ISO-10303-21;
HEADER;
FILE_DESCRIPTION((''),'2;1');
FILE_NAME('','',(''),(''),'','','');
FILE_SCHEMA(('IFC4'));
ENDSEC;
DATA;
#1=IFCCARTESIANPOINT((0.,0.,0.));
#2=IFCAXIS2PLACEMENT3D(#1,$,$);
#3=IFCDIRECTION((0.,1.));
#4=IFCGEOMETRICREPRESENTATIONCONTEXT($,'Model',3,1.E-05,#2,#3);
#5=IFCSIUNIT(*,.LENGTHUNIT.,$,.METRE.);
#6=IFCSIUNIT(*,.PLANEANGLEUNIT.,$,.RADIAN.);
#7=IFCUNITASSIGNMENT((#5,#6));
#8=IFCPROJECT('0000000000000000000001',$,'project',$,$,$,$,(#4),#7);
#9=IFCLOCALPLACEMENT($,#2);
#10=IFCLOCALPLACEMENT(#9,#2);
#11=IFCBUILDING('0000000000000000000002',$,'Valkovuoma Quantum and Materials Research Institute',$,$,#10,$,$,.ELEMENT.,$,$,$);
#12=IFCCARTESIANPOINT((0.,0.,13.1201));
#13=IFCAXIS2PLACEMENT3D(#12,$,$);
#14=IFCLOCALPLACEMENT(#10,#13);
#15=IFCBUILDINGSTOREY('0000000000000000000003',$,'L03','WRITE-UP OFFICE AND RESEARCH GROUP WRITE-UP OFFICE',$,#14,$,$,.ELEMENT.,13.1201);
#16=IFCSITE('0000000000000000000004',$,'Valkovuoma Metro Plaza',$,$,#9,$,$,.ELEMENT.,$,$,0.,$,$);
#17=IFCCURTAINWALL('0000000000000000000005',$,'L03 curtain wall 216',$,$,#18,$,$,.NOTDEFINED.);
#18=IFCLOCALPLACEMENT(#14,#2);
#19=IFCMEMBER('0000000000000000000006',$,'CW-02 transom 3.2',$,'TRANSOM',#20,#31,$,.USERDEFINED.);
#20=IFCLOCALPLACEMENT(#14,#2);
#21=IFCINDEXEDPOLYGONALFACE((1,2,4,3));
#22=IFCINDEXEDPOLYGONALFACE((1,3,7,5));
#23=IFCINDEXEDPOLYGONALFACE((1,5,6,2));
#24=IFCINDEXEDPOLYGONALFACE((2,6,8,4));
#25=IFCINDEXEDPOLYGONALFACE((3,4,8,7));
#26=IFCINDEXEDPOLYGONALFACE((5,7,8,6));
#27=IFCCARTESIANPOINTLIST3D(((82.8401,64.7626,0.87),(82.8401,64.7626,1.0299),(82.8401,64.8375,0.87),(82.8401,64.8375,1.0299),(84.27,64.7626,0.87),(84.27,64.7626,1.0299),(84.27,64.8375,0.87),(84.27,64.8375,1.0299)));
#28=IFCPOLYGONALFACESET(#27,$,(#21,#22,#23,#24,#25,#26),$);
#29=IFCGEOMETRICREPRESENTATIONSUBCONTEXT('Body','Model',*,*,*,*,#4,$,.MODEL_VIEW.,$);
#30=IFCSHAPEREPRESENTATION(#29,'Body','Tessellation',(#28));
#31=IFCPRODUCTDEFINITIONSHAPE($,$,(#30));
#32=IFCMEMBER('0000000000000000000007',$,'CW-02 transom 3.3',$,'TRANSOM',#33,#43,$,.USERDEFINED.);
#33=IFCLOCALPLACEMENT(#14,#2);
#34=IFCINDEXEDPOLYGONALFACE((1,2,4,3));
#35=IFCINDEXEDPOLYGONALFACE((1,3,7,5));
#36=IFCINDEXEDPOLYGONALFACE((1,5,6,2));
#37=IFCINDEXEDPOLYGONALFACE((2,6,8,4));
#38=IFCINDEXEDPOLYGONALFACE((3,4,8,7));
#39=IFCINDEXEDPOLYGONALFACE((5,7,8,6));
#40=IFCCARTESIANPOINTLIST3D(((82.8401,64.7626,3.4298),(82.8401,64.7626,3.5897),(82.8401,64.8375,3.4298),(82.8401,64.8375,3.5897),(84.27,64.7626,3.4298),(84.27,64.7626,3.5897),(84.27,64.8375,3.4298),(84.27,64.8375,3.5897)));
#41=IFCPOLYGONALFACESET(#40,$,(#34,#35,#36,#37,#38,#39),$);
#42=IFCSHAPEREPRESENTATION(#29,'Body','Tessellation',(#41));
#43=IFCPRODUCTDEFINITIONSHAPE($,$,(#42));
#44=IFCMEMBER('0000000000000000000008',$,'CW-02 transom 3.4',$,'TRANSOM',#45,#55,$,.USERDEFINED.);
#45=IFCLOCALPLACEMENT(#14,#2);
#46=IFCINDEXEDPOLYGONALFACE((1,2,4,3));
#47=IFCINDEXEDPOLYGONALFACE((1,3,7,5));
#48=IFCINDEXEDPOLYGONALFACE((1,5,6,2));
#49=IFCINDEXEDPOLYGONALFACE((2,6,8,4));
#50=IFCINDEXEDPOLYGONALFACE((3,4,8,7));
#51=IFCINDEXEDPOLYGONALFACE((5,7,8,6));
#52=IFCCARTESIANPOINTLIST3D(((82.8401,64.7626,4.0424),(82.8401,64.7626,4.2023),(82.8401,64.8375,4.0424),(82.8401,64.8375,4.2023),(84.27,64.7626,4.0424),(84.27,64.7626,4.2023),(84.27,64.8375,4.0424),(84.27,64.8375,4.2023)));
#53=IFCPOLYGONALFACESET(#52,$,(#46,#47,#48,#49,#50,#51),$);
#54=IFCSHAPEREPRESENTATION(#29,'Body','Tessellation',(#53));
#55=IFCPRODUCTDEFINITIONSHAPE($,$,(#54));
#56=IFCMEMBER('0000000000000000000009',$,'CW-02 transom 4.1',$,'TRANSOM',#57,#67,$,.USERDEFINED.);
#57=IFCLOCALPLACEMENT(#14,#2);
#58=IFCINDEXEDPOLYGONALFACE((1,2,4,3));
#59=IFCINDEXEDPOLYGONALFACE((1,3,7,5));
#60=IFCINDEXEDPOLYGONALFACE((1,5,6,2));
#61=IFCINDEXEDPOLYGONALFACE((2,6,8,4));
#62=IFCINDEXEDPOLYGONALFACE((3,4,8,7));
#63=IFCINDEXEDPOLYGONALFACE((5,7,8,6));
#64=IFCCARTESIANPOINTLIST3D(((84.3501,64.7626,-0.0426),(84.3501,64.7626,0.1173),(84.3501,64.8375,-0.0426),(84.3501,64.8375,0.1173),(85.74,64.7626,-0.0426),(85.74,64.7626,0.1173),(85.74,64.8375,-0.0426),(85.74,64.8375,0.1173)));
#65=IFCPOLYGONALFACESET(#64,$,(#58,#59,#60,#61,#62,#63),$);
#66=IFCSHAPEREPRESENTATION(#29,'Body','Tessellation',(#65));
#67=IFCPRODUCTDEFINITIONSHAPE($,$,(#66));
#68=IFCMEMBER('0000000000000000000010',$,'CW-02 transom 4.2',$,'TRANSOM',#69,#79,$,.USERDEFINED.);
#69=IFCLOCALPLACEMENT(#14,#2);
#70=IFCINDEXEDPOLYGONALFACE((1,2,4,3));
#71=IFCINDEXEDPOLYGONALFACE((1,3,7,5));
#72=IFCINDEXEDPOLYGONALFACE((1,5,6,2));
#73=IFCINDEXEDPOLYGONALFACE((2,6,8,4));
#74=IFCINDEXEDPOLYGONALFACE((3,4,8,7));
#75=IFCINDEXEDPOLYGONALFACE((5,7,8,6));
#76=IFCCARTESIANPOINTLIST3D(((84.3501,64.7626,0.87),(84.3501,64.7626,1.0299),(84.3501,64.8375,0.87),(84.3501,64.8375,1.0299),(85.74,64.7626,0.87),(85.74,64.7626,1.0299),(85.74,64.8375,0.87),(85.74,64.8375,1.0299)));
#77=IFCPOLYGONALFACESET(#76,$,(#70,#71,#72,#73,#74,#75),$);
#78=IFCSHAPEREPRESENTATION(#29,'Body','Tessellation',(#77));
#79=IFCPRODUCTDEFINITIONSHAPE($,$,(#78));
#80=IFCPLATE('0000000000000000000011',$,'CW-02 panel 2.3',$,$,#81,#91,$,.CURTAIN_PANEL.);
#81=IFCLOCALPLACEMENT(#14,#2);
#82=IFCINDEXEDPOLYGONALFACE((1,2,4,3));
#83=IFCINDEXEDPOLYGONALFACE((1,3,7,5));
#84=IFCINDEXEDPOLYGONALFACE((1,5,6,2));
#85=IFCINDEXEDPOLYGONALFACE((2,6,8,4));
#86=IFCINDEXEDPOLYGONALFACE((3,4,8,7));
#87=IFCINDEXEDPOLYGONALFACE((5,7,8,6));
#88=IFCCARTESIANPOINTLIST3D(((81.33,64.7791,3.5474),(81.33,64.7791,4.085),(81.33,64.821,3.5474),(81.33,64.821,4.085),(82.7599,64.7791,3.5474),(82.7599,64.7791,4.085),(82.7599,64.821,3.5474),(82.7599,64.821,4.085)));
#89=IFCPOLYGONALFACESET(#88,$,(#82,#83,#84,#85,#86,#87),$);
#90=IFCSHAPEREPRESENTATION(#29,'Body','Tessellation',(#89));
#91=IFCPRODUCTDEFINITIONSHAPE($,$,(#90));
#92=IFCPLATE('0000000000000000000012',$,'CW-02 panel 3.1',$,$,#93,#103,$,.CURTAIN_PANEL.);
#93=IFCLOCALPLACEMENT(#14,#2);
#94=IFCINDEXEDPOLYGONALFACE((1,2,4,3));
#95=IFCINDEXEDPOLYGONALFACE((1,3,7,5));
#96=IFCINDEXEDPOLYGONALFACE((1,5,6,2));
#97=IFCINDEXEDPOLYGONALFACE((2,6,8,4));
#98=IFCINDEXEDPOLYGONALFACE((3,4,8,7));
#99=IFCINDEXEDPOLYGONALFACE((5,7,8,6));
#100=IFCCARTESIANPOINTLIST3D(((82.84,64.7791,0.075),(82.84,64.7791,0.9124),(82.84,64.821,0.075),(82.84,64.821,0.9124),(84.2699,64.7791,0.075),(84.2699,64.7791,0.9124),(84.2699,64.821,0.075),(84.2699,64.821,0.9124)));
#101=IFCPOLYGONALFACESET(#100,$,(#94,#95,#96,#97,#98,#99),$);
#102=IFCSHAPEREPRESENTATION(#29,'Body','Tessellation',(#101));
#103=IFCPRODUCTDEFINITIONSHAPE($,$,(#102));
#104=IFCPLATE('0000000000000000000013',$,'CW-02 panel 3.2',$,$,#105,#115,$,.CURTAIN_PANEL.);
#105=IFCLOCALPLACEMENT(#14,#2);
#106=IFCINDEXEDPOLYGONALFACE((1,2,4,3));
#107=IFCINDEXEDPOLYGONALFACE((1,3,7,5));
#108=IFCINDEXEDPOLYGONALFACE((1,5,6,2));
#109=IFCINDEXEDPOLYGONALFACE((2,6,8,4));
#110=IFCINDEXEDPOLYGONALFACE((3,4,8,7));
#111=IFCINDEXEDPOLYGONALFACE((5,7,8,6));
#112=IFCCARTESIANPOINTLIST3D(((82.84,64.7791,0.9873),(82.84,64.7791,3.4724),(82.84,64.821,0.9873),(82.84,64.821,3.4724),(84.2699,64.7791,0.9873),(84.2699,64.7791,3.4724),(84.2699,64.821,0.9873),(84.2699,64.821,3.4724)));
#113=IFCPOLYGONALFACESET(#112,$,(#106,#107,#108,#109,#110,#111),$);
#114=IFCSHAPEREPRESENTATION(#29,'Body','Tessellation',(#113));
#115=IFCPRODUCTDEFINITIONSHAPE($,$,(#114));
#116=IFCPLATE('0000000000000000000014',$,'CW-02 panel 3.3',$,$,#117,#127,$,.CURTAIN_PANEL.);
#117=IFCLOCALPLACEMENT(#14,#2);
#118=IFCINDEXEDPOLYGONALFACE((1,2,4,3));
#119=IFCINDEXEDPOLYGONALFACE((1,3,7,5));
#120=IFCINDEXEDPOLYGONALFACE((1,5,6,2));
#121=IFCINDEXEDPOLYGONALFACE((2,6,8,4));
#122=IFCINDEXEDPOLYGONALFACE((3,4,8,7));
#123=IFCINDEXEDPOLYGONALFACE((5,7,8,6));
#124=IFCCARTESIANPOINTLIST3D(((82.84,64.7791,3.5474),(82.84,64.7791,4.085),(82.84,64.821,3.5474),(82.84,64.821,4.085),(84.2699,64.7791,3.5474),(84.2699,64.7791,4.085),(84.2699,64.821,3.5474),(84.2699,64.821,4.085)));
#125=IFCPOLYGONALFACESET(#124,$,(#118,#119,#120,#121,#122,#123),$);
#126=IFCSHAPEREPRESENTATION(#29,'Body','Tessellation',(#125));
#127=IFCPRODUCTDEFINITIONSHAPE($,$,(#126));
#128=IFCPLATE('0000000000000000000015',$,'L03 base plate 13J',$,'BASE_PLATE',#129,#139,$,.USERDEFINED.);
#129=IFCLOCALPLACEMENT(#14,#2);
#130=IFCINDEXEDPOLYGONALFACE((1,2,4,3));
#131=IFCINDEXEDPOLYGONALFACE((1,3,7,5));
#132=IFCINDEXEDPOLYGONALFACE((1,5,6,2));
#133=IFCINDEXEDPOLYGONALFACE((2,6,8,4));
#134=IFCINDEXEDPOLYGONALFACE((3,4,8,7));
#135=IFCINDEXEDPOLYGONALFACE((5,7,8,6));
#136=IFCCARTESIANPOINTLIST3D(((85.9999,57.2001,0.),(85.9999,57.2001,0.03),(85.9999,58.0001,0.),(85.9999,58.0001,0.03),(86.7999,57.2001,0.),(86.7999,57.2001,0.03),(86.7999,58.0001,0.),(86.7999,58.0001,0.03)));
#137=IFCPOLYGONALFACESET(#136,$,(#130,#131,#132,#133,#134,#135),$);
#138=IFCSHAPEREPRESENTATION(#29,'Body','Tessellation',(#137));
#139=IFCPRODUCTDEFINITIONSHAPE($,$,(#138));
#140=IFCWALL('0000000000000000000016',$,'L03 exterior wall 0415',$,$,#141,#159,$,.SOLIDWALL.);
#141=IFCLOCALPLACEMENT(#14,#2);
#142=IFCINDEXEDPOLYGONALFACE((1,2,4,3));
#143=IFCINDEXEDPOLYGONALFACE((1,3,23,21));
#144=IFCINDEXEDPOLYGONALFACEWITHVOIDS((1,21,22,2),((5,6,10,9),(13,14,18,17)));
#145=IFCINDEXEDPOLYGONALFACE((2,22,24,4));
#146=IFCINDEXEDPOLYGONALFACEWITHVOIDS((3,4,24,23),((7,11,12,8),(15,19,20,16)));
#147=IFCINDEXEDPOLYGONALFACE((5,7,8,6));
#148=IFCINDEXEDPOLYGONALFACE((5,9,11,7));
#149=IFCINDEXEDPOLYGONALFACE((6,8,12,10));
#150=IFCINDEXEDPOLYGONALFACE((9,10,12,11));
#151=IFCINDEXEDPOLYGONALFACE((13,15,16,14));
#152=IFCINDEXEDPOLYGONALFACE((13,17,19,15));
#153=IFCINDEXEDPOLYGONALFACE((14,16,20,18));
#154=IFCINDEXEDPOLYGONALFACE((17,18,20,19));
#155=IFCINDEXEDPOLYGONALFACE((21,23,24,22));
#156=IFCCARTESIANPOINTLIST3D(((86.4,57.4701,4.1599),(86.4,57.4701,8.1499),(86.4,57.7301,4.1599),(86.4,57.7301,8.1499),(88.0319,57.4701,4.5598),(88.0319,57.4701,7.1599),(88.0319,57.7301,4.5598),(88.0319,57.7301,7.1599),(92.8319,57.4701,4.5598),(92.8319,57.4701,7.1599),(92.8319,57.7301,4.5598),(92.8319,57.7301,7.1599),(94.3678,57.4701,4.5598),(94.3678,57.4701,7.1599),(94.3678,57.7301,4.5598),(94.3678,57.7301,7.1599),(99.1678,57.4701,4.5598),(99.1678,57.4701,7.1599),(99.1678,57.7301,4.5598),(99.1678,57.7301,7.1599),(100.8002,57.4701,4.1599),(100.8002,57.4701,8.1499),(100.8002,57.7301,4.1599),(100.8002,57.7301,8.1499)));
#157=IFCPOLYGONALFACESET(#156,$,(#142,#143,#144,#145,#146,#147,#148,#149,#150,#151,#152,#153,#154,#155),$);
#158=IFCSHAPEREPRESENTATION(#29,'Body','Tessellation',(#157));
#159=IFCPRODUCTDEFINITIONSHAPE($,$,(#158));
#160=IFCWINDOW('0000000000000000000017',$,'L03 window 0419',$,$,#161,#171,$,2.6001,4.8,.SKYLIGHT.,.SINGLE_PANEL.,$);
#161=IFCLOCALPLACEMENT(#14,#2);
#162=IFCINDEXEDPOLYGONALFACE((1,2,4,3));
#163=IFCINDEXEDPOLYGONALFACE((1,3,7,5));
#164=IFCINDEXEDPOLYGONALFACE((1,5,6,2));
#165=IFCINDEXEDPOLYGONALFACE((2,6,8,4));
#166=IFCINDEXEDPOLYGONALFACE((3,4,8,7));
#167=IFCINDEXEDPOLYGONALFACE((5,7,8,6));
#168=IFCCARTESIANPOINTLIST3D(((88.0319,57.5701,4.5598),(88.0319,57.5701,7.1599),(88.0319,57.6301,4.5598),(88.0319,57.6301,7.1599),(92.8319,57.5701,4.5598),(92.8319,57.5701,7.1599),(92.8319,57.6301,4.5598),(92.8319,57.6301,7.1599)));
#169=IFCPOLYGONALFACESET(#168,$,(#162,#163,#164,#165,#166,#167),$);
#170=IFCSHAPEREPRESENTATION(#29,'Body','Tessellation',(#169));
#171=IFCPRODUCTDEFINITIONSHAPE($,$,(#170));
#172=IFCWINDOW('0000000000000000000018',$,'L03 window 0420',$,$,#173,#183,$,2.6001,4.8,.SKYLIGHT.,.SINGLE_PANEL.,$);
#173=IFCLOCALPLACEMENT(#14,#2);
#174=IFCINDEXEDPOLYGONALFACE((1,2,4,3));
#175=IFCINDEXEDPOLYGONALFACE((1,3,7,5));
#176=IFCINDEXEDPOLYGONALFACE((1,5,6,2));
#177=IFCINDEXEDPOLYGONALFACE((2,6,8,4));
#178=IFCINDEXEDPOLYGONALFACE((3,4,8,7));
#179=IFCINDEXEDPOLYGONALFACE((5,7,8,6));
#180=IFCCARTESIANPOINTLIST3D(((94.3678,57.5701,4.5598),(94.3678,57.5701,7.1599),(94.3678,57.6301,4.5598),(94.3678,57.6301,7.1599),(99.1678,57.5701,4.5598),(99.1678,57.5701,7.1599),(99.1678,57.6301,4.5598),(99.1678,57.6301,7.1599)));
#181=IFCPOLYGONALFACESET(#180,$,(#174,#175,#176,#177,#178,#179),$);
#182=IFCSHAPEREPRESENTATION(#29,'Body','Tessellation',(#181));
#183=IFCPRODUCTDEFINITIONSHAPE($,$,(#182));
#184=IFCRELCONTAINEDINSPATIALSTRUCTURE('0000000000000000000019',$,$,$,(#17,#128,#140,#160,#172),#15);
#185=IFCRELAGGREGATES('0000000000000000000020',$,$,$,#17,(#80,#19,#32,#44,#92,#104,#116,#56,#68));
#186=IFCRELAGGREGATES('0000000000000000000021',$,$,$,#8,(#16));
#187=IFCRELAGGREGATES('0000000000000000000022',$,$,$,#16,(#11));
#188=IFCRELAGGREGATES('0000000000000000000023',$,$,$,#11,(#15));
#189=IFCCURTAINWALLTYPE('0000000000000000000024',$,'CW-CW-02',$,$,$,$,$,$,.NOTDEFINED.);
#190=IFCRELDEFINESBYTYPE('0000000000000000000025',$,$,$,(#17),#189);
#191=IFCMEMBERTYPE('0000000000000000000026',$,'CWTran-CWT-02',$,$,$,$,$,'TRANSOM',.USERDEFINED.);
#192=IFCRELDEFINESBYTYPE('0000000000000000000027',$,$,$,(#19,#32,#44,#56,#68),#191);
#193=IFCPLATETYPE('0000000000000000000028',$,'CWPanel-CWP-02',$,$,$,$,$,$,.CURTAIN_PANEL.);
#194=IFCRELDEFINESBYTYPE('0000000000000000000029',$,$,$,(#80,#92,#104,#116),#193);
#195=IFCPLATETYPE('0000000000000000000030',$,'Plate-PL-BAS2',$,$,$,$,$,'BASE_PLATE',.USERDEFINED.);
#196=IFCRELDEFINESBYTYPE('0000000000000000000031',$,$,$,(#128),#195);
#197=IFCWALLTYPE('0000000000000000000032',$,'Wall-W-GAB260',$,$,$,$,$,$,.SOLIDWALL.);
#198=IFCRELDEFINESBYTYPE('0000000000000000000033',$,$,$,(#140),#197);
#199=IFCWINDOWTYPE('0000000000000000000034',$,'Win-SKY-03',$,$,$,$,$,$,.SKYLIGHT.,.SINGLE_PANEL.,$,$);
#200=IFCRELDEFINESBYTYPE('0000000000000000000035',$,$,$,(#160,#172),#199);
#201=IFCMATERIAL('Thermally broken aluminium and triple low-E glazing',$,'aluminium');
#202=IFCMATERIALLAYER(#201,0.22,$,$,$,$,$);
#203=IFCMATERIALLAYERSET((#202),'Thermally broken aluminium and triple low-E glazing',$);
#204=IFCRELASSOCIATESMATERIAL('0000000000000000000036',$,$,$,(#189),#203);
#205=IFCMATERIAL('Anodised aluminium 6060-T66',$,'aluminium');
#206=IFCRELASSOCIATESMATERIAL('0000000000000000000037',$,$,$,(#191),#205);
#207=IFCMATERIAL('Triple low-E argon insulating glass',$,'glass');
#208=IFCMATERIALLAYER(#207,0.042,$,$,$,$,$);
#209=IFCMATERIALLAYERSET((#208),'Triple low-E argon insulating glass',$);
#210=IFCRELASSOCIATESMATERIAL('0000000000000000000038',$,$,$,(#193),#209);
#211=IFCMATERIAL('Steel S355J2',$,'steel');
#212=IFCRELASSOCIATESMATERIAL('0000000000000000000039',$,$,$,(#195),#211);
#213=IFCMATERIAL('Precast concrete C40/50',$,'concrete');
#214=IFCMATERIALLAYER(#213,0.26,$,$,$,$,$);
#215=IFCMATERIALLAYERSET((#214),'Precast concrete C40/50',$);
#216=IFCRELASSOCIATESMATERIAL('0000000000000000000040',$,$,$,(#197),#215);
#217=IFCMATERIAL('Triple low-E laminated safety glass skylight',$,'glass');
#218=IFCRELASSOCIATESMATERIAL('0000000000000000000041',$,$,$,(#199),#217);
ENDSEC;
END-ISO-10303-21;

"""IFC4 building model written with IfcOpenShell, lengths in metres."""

from ifc_helpers import new_model, si_unit, direction, frame, frame_2d, origin, origin_2d, place, context, subcontext, project, spatial, rectangle, extrude, material, layer, layer_set, material_profile, profile_set, type_object, element, fill, aggregate, save


model = new_model("IFC4")

# Units and contexts
model_context = context("Model", 3, precision=1e-05, world=origin(), true_north=direction((0.0, 1.0)))
body_context = subcontext(model_context, "Body", "Model", "MODEL_VIEW")
ifc_project = project(units=[si_unit("LENGTHUNIT", "METRE"), si_unit("PLANEANGLEUNIT", "RADIAN")], contexts=[model_context])

# Site, building, storey
site_placement = place(None, origin())
site = spatial("IfcSite", under=ifc_project, at=site_placement, Name="Valkovuoma Metro Plaza", CompositionType="ELEMENT", RefElevation=0.0)
building_placement = place(site_placement, origin())
building = spatial("IfcBuilding", under=site, at=building_placement, Name="Valkovuoma Quantum and Materials Research Institute", CompositionType="ELEMENT")
storey_placement = place(building_placement, frame((0.0, 0.0, 13.1201)))
storey = spatial("IfcBuildingStorey", under=building, at=storey_placement, Name="L03", Description="WRITE-UP OFFICE AND RESEARCH GROUP WRITE-UP OFFICE", CompositionType="ELEMENT", Elevation=13.1201)

# Curtain wall, members, plates
ifc_material_1 = material(Name="Thermally broken aluminium and triple low-E glazing", Category="aluminium")
ifc_layer_1 = layer(ifc_material_1, 0.22)
ifc_layer_set_1 = layer_set([ifc_layer_1], Name="Thermally broken aluminium and triple low-E glazing")
curtain_wall_type = type_object("IfcCurtainWallType", Name="CW-CW-02", PredefinedType="NOTDEFINED", material=ifc_layer_set_1)
curtain_wall_placement = place(storey_placement, origin())
curtain_wall = element("IfcCurtainWall", 1, at=curtain_wall_placement, inside=storey, type_object=curtain_wall_type, Name="L03 curtain wall 216", PredefinedType="NOTDEFINED")
ifc_material_2 = material(Name="Anodised aluminium 6060-T66", Category="aluminium")
ifc_material_profile_1 = material_profile(ifc_material_2, rectangle(XDim=0.075, YDim=0.1599, at=origin_2d()), Name="Anodised aluminium 6060-T66")
ifc_profile_set_1 = profile_set([ifc_material_profile_1], Name="Anodised aluminium 6060-T66")
member_type_1 = type_object("IfcMemberType", Name="CWTran-CWT-02", ElementType="TRANSOM", PredefinedType="USERDEFINED", material=ifc_profile_set_1)
member_1_placement = place(storey_placement, frame((82.8401, 64.8, 0.95), z_axis=(1.0, 0.0, 0.0), x_axis=(0.0, 1.0, 0.0)))
member_1 = element("IfcMember", 2, at=member_1_placement, type_object=member_type_1, Name="CW-02 transom 3.2", ObjectType="TRANSOM", PredefinedType="USERDEFINED", context=body_context, shape_type="SweptSolid", body=[
    extrude(rectangle(XDim=0.075, YDim=0.1599, at=origin_2d()), origin(), (0.0, 0.0, 1.0), 1.4299),
])
member_2_placement = place(storey_placement, frame((82.8401, 64.8, 3.5098), z_axis=(1.0, 0.0, 0.0), x_axis=(0.0, 1.0, 0.0)))
member_2 = element("IfcMember", 3, at=member_2_placement, type_object=member_type_1, Name="CW-02 transom 3.3", ObjectType="TRANSOM", PredefinedType="USERDEFINED", context=body_context, shape_type="SweptSolid", body=[
    extrude(rectangle(XDim=0.075, YDim=0.1599, at=origin_2d()), origin(), (0.0, 0.0, 1.0), 1.4299),
])
member_3_placement = place(storey_placement, frame((82.8401, 64.8, 4.1223), z_axis=(1.0, 0.0, 0.0), x_axis=(0.0, 1.0, 0.0)))
member_3 = element("IfcMember", 4, at=member_3_placement, type_object=member_type_1, Name="CW-02 transom 3.4", ObjectType="TRANSOM", PredefinedType="USERDEFINED", context=body_context, shape_type="SweptSolid", body=[
    extrude(rectangle(XDim=0.075, YDim=0.1599, at=origin_2d()), origin(), (0.0, 0.0, 1.0), 1.4299),
])
member_4_placement = place(storey_placement, frame((84.3501, 64.8, 0.0374), z_axis=(1.0, 0.0, 0.0), x_axis=(0.0, 1.0, 0.0)))
member_4 = element("IfcMember", 5, at=member_4_placement, type_object=member_type_1, Name="CW-02 transom 4.1", ObjectType="TRANSOM", PredefinedType="USERDEFINED", context=body_context, shape_type="SweptSolid", body=[
    extrude(rectangle(XDim=0.075, YDim=0.1599, at=origin_2d()), origin(), (0.0, 0.0, 1.0), 1.3899),
])
member_5_placement = place(storey_placement, frame((84.3501, 64.8, 0.95), z_axis=(1.0, 0.0, 0.0), x_axis=(0.0, 1.0, 0.0)))
member_5 = element("IfcMember", 6, at=member_5_placement, type_object=member_type_1, Name="CW-02 transom 4.2", ObjectType="TRANSOM", PredefinedType="USERDEFINED", context=body_context, shape_type="SweptSolid", body=[
    extrude(rectangle(XDim=0.075, YDim=0.1599, at=origin_2d()), origin(), (0.0, 0.0, 1.0), 1.3899),
])
ifc_material_3 = material(Name="Triple low-E argon insulating glass", Category="glass")
ifc_layer_2 = layer(ifc_material_3, 0.042)
ifc_layer_set_2 = layer_set([ifc_layer_2], Name="Triple low-E argon insulating glass")
plate_type_1 = type_object("IfcPlateType", Name="CWPanel-CWP-02", PredefinedType="CURTAIN_PANEL", material=ifc_layer_set_2)
plate_1_placement = place(storey_placement, frame((82.0449, 64.8, 3.5474), z_axis=(0.0, 0.0, 1.0), x_axis=(1.0, 0.0, 0.0)))
plate_1 = element("IfcPlate", 7, at=plate_1_placement, type_object=plate_type_1, Name="CW-02 panel 2.3", PredefinedType="CURTAIN_PANEL", context=body_context, shape_type="SweptSolid", body=[
    extrude(rectangle(XDim=1.4299, YDim=0.042, at=origin_2d()), origin(), (0.0, 0.0, 1.0), 0.5376),
])
plate_2_placement = place(storey_placement, frame((83.5549, 64.8, 0.075), z_axis=(0.0, 0.0, 1.0), x_axis=(1.0, 0.0, 0.0)))
plate_2 = element("IfcPlate", 8, at=plate_2_placement, type_object=plate_type_1, Name="CW-02 panel 3.1", PredefinedType="CURTAIN_PANEL", context=body_context, shape_type="SweptSolid", body=[
    extrude(rectangle(XDim=1.4299, YDim=0.042, at=origin_2d()), origin(), (0.0, 0.0, 1.0), 0.8374),
])
plate_3_placement = place(storey_placement, frame((83.5549, 64.8, 0.9873), z_axis=(0.0, 0.0, 1.0), x_axis=(1.0, 0.0, 0.0)))
plate_3 = element("IfcPlate", 9, at=plate_3_placement, type_object=plate_type_1, Name="CW-02 panel 3.2", PredefinedType="CURTAIN_PANEL", context=body_context, shape_type="SweptSolid", body=[
    extrude(rectangle(XDim=1.4299, YDim=0.042, at=origin_2d()), origin(), (0.0, 0.0, 1.0), 2.4851),
])
plate_4_placement = place(storey_placement, frame((83.5549, 64.8, 3.5474), z_axis=(0.0, 0.0, 1.0), x_axis=(1.0, 0.0, 0.0)))
plate_4 = element("IfcPlate", 10, at=plate_4_placement, type_object=plate_type_1, Name="CW-02 panel 3.3", PredefinedType="CURTAIN_PANEL", context=body_context, shape_type="SweptSolid", body=[
    extrude(rectangle(XDim=1.4299, YDim=0.042, at=origin_2d()), origin(), (0.0, 0.0, 1.0), 0.5376),
])
aggregate(curtain_wall, [plate_1, member_1, member_2, member_3, plate_2, plate_3, plate_4, member_4, member_5])

# Plate
ifc_material_4 = material(Name="Steel S355J2", Category="steel")
plate_type_2 = type_object("IfcPlateType", Name="Plate-PL-BAS2", ElementType="BASE_PLATE", PredefinedType="USERDEFINED", material=ifc_material_4)
plate_5_placement = place(storey_placement, frame((86.3999, 57.6001, 0.0), z_axis=(0.0, 0.0, 1.0), x_axis=(1.0, 0.0, 0.0)))
element("IfcPlate", 11, at=plate_5_placement, inside=storey, type_object=plate_type_2, Name="L03 base plate 13J", ObjectType="BASE_PLATE", PredefinedType="USERDEFINED", context=body_context, shape_type="SweptSolid", body=[
    extrude(rectangle(XDim=0.8, YDim=0.8, at=origin_2d()), origin(), (0.0, 0.0, 1.0), 0.03),
])

# Wall, openings, windows
ifc_material_5 = material(Name="Precast concrete C40/50", Category="concrete")
ifc_layer_3 = layer(ifc_material_5, 0.26)
ifc_layer_set_3 = layer_set([ifc_layer_3], Name="Precast concrete C40/50")
wall_type = type_object("IfcWallType", Name="Wall-W-GAB260", PredefinedType="SOLIDWALL", material=ifc_layer_set_3)
wall_placement = place(storey_placement, frame((86.3999, 57.6001, 4.1599), z_axis=(0.0, 0.0, 1.0), x_axis=(1.0, 0.0, 0.0)))
wall = element("IfcWall", 12, at=wall_placement, inside=storey, type_object=wall_type, Name="L03 exterior wall 0415", PredefinedType="SOLIDWALL", context=body_context, shape_type="SweptSolid", body=[
    extrude(rectangle(XDim=14.4001, YDim=0.26, at=frame_2d((7.2002, 0.0))), origin(), (0.0, 0.0, 1.0), 3.99),
])
opening_1_placement = place(wall_placement, frame((1.6321, 0.0, 0.3999)))
opening_1 = element("IfcOpeningElement", 13, at=opening_1_placement, cuts=wall, PredefinedType="OPENING", context=body_context, shape_type="SweptSolid", body=[
    extrude(rectangle(XDim=4.8, YDim=2.6001, at=frame_2d((2.3999, 1.3))), frame((0.0, 0.1401, 0.0), z_axis=(0.0, -1.0, 0.0), x_axis=(1.0, 0.0, 0.0)), (0.0, 0.0, 1.0), 0.28),
])
opening_2_placement = place(wall_placement, frame((7.968, 0.0, 0.3999)))
opening_2 = element("IfcOpeningElement", 14, at=opening_2_placement, cuts=wall, PredefinedType="OPENING", context=body_context, shape_type="SweptSolid", body=[
    extrude(rectangle(XDim=4.8, YDim=2.6001, at=frame_2d((2.3999, 1.3))), frame((0.0, 0.1401, 0.0), z_axis=(0.0, -1.0, 0.0), x_axis=(1.0, 0.0, 0.0)), (0.0, 0.0, 1.0), 0.28),
])
ifc_material_6 = material(Name="Triple low-E laminated safety glass skylight", Category="glass")
window_type = type_object("IfcWindowType", Name="Win-SKY-03", PartitioningType="SINGLE_PANEL", PredefinedType="SKYLIGHT", material=ifc_material_6)
window_1_placement = place(opening_1_placement, origin())
window_1 = element("IfcWindow", 15, at=window_1_placement, inside=storey, type_object=window_type, Name="L03 window 0419", OverallHeight=2.6001, OverallWidth=4.8, PartitioningType="SINGLE_PANEL", PredefinedType="SKYLIGHT", context=body_context, shape_type="SweptSolid", body=[
    extrude(rectangle(XDim=4.8, YDim=2.6001, at=frame_2d((2.3999, 1.3))), frame((0.0, 0.03, 0.0), z_axis=(0.0, -1.0, 0.0), x_axis=(1.0, 0.0, 0.0)), (0.0, 0.0, 1.0), 0.0601),
])
fill(opening_1, window_1)
window_2_placement = place(opening_2_placement, origin())
window_2 = element("IfcWindow", 16, at=window_2_placement, inside=storey, type_object=window_type, Name="L03 window 0420", OverallHeight=2.6001, OverallWidth=4.8, PartitioningType="SINGLE_PANEL", PredefinedType="SKYLIGHT", context=body_context, shape_type="SweptSolid", body=[
    extrude(rectangle(XDim=4.8, YDim=2.6001, at=frame_2d((2.3999, 1.3))), frame((0.0, 0.03, 0.0), z_axis=(0.0, -1.0, 0.0), x_axis=(1.0, 0.0, 0.0)), (0.0, 0.0, 1.0), 0.0601),
])
fill(opening_2, window_2)

save(model, "model.ifc")
